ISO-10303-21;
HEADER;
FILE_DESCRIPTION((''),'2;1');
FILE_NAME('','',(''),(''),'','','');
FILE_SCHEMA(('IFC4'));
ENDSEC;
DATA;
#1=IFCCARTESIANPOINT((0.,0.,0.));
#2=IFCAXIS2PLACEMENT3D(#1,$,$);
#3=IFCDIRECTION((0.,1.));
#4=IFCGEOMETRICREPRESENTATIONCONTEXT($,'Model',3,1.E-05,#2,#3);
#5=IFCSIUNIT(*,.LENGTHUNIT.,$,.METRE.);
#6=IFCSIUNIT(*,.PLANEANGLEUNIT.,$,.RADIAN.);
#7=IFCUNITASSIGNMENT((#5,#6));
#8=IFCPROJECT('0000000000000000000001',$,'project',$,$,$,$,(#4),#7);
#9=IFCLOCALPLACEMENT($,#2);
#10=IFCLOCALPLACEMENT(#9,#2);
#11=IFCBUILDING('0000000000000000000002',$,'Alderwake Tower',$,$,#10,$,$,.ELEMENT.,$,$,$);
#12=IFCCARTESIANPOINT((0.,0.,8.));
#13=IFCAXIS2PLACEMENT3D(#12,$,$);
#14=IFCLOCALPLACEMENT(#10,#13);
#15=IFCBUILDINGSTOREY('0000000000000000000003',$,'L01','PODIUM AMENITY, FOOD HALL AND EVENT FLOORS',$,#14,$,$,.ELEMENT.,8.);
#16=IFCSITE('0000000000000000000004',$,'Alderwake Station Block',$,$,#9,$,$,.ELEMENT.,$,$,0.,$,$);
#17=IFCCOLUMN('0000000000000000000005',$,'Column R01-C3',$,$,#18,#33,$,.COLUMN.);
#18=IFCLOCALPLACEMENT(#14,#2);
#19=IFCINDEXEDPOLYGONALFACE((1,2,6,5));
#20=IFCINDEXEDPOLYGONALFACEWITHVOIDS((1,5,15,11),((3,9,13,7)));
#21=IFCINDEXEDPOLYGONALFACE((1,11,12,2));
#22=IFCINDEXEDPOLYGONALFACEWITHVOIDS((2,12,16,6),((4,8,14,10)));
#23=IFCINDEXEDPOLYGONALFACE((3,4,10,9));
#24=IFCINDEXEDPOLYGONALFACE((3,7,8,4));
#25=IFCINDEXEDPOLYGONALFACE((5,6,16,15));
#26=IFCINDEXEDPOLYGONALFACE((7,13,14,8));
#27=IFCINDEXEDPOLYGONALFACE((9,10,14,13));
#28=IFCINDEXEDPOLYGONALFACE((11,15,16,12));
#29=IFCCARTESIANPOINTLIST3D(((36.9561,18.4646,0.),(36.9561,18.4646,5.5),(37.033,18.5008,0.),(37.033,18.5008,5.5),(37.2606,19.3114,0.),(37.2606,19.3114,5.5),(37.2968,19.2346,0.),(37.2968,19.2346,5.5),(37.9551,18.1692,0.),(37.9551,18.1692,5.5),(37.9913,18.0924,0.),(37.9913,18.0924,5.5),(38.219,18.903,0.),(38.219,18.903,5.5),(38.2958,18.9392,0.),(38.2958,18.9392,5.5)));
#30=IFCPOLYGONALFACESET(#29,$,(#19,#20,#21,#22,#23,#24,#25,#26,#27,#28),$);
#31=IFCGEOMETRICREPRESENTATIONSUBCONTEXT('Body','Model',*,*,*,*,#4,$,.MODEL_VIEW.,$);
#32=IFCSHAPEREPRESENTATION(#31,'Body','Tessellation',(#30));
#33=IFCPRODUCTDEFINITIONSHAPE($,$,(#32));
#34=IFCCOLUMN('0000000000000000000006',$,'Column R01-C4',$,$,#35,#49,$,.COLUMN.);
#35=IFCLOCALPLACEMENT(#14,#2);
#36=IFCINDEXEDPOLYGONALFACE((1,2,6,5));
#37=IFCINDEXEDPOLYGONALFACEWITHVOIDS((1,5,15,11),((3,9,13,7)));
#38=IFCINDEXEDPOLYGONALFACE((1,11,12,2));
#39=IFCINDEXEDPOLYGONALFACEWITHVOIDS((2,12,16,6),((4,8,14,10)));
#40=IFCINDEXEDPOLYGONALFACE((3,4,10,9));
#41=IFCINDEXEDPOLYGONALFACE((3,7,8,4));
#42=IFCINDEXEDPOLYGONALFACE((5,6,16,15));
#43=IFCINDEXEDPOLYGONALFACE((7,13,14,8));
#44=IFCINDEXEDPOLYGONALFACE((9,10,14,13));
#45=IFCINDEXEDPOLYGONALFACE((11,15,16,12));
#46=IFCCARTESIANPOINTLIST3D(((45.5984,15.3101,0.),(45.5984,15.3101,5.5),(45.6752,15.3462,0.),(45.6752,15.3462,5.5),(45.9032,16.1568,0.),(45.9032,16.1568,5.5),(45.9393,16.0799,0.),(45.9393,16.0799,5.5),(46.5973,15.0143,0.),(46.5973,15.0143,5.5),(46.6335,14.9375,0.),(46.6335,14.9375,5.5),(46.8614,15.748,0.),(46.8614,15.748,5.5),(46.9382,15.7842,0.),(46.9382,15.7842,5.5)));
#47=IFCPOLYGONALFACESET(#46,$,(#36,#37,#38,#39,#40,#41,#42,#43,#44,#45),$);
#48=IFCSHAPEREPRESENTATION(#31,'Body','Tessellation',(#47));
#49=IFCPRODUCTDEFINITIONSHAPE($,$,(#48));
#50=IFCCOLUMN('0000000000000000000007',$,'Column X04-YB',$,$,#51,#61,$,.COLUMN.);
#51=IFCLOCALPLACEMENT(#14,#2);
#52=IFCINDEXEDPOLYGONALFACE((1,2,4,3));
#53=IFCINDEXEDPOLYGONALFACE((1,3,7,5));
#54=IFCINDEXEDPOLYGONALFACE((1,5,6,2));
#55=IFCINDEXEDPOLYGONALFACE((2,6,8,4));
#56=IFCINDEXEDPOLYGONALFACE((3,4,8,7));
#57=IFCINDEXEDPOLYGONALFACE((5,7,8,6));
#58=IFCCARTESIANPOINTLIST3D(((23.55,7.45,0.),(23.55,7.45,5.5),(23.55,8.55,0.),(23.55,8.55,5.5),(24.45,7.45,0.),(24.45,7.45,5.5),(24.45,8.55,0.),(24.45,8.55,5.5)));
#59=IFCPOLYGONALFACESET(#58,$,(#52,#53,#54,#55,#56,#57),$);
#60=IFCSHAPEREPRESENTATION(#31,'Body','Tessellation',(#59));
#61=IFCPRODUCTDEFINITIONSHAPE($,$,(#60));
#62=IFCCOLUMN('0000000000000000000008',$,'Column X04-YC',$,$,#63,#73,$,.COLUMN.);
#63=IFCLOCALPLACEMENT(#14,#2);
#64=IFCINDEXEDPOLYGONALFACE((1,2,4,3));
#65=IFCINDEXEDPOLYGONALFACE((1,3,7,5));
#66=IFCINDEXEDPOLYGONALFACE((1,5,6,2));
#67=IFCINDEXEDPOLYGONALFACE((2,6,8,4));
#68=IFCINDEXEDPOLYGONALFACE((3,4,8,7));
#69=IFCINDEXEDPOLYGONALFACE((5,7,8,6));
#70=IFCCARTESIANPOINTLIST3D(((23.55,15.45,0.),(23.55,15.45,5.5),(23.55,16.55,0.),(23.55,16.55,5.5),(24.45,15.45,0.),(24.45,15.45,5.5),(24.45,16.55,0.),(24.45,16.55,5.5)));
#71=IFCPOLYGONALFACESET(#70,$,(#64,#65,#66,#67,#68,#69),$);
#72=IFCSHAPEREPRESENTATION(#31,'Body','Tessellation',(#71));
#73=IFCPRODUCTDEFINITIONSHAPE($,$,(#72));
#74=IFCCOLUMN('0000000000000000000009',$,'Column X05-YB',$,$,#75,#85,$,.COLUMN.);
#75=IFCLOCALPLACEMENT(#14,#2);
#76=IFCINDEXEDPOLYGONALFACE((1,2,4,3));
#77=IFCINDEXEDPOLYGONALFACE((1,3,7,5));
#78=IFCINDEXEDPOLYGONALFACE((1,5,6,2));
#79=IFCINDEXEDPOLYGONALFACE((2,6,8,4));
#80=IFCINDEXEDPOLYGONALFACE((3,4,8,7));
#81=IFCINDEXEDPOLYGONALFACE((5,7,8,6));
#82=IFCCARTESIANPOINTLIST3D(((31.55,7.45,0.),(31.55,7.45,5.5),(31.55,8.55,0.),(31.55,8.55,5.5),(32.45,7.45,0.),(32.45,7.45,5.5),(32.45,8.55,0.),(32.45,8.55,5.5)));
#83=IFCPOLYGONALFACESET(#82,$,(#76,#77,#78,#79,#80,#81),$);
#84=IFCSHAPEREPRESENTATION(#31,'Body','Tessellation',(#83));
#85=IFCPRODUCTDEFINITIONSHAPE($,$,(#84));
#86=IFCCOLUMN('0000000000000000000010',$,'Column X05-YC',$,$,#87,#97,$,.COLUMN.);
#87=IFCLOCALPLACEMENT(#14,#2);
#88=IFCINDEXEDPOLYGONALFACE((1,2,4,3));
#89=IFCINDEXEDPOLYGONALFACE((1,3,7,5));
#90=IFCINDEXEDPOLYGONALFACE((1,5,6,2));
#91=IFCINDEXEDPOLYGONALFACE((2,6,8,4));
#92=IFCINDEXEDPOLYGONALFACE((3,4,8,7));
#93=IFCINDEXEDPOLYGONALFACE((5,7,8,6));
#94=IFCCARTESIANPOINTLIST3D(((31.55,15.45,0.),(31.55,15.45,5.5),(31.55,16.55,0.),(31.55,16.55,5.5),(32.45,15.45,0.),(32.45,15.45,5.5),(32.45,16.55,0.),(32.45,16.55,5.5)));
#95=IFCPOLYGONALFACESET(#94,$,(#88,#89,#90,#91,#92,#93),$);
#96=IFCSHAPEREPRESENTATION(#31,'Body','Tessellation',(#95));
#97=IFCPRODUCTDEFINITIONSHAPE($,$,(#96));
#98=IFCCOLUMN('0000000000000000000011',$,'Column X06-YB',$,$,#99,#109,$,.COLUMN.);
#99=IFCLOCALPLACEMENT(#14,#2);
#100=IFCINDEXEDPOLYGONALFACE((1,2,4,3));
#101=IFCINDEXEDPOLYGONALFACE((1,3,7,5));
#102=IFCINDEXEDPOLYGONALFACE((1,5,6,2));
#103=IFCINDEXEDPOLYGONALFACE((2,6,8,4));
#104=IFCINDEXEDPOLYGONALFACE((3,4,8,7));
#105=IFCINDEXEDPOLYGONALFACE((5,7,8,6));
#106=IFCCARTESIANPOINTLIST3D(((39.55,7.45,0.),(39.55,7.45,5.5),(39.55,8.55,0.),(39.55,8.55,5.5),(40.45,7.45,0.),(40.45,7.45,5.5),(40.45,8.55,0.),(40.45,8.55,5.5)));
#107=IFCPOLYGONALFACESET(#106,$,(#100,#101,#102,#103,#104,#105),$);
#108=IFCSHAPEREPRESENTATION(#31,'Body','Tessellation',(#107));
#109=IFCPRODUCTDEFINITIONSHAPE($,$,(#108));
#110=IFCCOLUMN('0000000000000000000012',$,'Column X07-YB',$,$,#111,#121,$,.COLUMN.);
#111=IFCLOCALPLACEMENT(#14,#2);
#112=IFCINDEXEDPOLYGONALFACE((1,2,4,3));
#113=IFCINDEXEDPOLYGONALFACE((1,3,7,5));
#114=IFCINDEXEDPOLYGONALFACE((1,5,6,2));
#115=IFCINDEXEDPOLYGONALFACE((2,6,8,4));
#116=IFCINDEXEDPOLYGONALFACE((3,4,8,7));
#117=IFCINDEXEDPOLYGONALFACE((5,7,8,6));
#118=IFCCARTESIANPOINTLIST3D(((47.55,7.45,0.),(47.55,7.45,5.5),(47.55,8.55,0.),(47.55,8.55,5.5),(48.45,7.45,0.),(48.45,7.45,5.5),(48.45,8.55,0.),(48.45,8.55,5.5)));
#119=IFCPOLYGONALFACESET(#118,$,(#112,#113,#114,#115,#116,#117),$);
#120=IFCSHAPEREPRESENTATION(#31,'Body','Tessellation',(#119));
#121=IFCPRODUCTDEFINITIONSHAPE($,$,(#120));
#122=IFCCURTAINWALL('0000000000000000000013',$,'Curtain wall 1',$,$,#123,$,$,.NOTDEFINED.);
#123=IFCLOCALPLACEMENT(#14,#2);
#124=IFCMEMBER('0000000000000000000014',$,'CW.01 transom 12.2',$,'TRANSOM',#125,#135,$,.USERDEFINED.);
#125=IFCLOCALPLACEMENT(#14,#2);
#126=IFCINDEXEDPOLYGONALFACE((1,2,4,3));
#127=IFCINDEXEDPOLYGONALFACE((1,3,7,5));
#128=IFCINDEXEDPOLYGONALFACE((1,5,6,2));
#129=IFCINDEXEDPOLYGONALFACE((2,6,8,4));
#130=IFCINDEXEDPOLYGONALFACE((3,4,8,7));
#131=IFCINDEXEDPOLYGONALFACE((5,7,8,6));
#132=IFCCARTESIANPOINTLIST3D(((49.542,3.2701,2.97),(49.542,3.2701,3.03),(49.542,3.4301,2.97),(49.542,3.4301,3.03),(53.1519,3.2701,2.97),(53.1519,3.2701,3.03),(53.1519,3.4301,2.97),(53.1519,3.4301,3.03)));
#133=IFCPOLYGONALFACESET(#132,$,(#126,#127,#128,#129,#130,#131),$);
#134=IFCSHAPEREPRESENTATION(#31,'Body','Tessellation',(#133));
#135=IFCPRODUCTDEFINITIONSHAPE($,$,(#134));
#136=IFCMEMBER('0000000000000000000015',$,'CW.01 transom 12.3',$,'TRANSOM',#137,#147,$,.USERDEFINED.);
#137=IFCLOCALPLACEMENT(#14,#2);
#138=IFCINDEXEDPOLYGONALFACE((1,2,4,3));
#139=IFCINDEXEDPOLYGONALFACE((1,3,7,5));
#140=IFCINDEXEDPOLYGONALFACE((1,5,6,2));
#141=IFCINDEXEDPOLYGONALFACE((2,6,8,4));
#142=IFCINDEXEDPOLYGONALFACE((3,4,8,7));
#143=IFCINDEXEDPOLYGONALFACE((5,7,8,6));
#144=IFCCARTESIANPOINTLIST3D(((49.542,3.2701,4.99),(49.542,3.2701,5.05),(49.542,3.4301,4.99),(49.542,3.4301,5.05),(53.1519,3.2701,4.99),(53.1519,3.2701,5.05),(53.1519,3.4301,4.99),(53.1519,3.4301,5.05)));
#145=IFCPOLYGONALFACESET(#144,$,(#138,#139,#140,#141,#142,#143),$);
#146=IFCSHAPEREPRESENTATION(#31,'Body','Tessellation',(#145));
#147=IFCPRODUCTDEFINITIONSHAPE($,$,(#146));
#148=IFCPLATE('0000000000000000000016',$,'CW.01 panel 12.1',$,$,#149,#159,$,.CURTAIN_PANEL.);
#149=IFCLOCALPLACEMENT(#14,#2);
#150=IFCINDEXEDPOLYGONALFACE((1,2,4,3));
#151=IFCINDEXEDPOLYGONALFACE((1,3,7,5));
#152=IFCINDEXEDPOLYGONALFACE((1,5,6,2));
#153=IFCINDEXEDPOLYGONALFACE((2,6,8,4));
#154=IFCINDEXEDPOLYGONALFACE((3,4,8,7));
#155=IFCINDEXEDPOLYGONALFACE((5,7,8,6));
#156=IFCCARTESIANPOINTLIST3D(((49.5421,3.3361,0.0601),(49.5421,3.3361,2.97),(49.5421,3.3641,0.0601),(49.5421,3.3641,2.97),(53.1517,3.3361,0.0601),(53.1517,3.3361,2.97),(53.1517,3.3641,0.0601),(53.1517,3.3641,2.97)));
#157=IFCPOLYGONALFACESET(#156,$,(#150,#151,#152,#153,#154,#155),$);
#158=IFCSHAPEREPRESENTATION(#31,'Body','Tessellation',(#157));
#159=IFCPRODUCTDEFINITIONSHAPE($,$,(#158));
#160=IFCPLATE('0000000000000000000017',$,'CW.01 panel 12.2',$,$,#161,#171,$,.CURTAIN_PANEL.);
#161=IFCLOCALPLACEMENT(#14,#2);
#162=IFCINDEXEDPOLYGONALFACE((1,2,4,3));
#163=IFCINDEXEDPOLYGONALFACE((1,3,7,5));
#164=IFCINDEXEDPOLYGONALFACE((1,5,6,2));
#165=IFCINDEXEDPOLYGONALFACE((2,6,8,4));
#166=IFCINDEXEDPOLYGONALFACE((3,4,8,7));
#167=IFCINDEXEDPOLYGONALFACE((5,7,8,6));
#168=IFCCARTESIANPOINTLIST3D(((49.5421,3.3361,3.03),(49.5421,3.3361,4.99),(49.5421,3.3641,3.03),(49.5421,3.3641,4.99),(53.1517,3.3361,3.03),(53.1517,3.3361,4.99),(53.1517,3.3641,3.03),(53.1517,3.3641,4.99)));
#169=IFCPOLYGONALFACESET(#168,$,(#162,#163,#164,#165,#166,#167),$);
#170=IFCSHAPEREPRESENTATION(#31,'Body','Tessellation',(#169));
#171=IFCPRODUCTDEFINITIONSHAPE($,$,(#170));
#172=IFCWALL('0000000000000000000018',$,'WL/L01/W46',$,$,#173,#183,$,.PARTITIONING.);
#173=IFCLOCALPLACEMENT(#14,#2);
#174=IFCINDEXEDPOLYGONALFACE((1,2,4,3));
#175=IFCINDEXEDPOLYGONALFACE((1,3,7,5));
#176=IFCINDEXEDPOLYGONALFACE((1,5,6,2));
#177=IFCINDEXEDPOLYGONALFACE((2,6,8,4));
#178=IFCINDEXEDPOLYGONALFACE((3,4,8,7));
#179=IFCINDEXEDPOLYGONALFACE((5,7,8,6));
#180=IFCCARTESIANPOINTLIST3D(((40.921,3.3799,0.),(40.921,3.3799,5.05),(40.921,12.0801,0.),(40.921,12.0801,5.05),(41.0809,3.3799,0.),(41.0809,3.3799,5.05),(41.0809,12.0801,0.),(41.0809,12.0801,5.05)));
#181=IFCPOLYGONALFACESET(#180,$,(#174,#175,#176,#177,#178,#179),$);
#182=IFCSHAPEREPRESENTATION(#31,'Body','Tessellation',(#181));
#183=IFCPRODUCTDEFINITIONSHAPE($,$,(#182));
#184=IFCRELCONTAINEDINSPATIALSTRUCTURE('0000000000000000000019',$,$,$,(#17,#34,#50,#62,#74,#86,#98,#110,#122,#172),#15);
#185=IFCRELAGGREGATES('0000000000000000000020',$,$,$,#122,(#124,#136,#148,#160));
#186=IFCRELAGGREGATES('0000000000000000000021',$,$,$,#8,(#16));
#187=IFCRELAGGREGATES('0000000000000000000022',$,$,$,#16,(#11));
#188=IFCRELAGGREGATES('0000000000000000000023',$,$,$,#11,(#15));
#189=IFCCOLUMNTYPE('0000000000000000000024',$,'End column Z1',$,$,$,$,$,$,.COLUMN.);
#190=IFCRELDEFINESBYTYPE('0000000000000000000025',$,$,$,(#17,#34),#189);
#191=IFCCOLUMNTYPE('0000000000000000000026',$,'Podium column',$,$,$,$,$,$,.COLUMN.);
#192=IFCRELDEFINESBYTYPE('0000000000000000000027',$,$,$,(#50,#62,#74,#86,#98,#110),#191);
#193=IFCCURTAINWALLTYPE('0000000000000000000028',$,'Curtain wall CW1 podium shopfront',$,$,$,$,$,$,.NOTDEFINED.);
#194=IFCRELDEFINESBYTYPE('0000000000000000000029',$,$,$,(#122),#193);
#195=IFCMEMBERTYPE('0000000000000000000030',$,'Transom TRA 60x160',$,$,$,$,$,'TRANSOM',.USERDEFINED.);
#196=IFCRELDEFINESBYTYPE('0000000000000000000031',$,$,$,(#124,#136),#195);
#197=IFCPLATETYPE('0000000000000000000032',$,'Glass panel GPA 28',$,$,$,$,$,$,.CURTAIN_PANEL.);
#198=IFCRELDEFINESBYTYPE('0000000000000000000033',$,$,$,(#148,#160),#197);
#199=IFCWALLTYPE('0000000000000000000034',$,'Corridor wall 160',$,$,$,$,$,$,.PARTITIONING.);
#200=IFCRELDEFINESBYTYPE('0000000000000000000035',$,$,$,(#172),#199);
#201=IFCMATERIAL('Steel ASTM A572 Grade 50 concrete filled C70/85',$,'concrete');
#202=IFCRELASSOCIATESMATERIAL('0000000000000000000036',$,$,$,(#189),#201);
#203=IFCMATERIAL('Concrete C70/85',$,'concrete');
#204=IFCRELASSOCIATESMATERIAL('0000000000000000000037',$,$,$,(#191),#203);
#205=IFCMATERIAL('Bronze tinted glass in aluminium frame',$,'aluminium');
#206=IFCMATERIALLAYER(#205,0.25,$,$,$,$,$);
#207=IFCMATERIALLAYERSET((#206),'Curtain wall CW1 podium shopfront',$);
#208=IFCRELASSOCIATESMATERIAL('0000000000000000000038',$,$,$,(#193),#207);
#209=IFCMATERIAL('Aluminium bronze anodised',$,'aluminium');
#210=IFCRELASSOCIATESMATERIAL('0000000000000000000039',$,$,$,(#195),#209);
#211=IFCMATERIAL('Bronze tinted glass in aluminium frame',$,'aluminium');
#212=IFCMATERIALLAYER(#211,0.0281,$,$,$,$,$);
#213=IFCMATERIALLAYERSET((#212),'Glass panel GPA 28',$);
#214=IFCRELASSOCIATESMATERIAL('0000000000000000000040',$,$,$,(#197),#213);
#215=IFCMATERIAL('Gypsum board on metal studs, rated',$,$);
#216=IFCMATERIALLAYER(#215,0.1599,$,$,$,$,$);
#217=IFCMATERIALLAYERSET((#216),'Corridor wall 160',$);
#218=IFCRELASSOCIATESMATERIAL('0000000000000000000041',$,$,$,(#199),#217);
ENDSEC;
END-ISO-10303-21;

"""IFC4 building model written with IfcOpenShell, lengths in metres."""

from ifc_helpers import new_model, si_unit, direction, frame, frame_2d, origin, origin_2d, place, context, subcontext, project, spatial, rectangle, hollow_rectangle, extrude, material, layer, layer_set, material_profile, profile_set, type_object, element, aggregate, save


model = new_model("IFC4")

# Units and contexts
model_context = context("Model", 3, precision=1e-05, world=origin(), true_north=direction((0.0, 1.0)))
body_context = subcontext(model_context, "Body", "Model", "MODEL_VIEW")
ifc_project = project(units=[si_unit("LENGTHUNIT", "METRE"), si_unit("PLANEANGLEUNIT", "RADIAN")], contexts=[model_context])

# Site, building, storey
site_placement = place(None, origin())
site = spatial("IfcSite", under=ifc_project, at=site_placement, Name="Alderwake Station Block", CompositionType="ELEMENT", RefElevation=0.0)
building_placement = place(site_placement, origin())
building = spatial("IfcBuilding", under=site, at=building_placement, Name="Alderwake Tower", CompositionType="ELEMENT")
storey_placement = place(building_placement, frame((0.0, 0.0, 8.0)))
storey = spatial("IfcBuildingStorey", under=building, at=storey_placement, Name="L01", Description="PODIUM AMENITY, FOOD HALL AND EVENT FLOORS", CompositionType="ELEMENT", Elevation=8.0)

# Columns
ifc_material_1 = material(Name="Steel ASTM A572 Grade 50 concrete filled C70/85", Category="concrete")
ifc_material_profile_1 = material_profile(ifc_material_1, hollow_rectangle(XDim=0.8999, YDim=1.1001, WallThickness=0.0601, at=origin_2d()), Name="BOX 1100X900X60")
ifc_profile_set_1 = profile_set([ifc_material_profile_1], Name="Steel ASTM A572 Grade 50 concrete filled C70/85")
column_type_1 = type_object("IfcColumnType", Name="End column Z1", PredefinedType="COLUMN", material=ifc_profile_set_1)
for number, where, z_axis, x_axis, name in (
    (1, (37.626, 18.7019, 0.0), (0.0, 0.0, 1.0), (0.338385, 0.941008, 0.0), "Column R01-C3"),
    (2, (46.2683, 15.5471, 0.0), (0.0, 0.0, 1.0), (0.338695, 0.940896, 0.0), "Column R01-C4"),
):
    element("IfcColumn", number, at=place(storey_placement, frame(where, z_axis=z_axis, x_axis=x_axis)), inside=storey, type_object=column_type_1, Name=name, PredefinedType="COLUMN", context=body_context, shape_type="SweptSolid", body=[
        extrude(hollow_rectangle(XDim=0.8999, YDim=1.1001, WallThickness=0.0601, at=origin_2d()), origin(), (0.0, 0.0, 1.0), 5.5),
    ])
ifc_material_2 = material(Name="Concrete C70/85", Category="concrete")
ifc_material_profile_2 = material_profile(ifc_material_2, rectangle(XDim=0.8999, YDim=1.1001, at=origin_2d()), Name="RC 1100X900")
ifc_profile_set_2 = profile_set([ifc_material_profile_2], Name="Concrete C70/85")
column_type_2 = type_object("IfcColumnType", Name="Podium column", PredefinedType="COLUMN", material=ifc_profile_set_2)
for number, where, z_axis, x_axis, name in (
    (3, (24.0, 8.0, 0.0), (0.0, 0.0, 1.0), (1.0, 0.0, 0.0), "Column X04-YB"),
    (4, (24.0, 16.0, 0.0), (0.0, 0.0, 1.0), (1.0, 0.0, 0.0), "Column X04-YC"),
    (5, (32.0, 8.0, 0.0), (0.0, 0.0, 1.0), (1.0, 0.0, 0.0), "Column X05-YB"),
    (6, (32.0, 16.0, 0.0), (0.0, 0.0, 1.0), (1.0, 0.0, 0.0), "Column X05-YC"),
    (7, (40.0, 8.0, 0.0), (0.0, 0.0, 1.0), (1.0, 0.0, 0.0), "Column X06-YB"),
    (8, (48.0, 8.0, 0.0), (0.0, 0.0, 1.0), (1.0, 0.0, 0.0), "Column X07-YB"),
):
    element("IfcColumn", number, at=place(storey_placement, frame(where, z_axis=z_axis, x_axis=x_axis)), inside=storey, type_object=column_type_2, Name=name, PredefinedType="COLUMN", context=body_context, shape_type="SweptSolid", body=[
        extrude(rectangle(XDim=0.8999, YDim=1.1001, at=origin_2d()), origin(), (0.0, 0.0, 1.0), 5.5),
    ])

# Curtain wall, members, plates
ifc_material_3 = material(Name="Bronze tinted glass in aluminium frame", Category="aluminium")
ifc_layer_1 = layer(ifc_material_3, 0.25)
ifc_layer_set_1 = layer_set([ifc_layer_1], Name="Curtain wall CW1 podium shopfront")
curtain_wall_type = type_object("IfcCurtainWallType", Name="Curtain wall CW1 podium shopfront", PredefinedType="NOTDEFINED", material=ifc_layer_set_1)
curtain_wall_placement = place(storey_placement, origin())
curtain_wall = element("IfcCurtainWall", 9, at=curtain_wall_placement, inside=storey, type_object=curtain_wall_type, Name="Curtain wall 1", PredefinedType="NOTDEFINED")
ifc_material_4 = material(Name="Aluminium bronze anodised", Category="aluminium")
ifc_material_profile_3 = material_profile(ifc_material_4, rectangle(XDim=0.1599, YDim=0.0601, at=origin_2d()), Name="Transom TRA 60x160")
ifc_profile_set_3 = profile_set([ifc_material_profile_3], Name="Aluminium bronze anodised")
member_type = type_object("IfcMemberType", Name="Transom TRA 60x160", ElementType="TRANSOM", PredefinedType="USERDEFINED", material=ifc_profile_set_3)
member_1_placement = place(storey_placement, frame((49.542, 3.3501, 3.0), z_axis=(1.0, 0.0, 0.0), x_axis=(0.0, 1.0, 0.0)))
member_1 = element("IfcMember", 10, at=member_1_placement, type_object=member_type, Name="CW.01 transom 12.2", ObjectType="TRANSOM", PredefinedType="USERDEFINED", context=body_context, shape_type="SweptSolid", body=[
    extrude(rectangle(XDim=0.1599, YDim=0.0601, at=origin_2d()), origin(), (0.0, 0.0, 1.0), 3.6099),
])
member_2_placement = place(storey_placement, frame((49.542, 3.3501, 5.02), z_axis=(1.0, 0.0, 0.0), x_axis=(0.0, 1.0, 0.0)))
member_2 = element("IfcMember", 11, at=member_2_placement, type_object=member_type, Name="CW.01 transom 12.3", ObjectType="TRANSOM", PredefinedType="USERDEFINED", context=body_context, shape_type="SweptSolid", body=[
    extrude(rectangle(XDim=0.1599, YDim=0.0601, at=origin_2d()), origin(), (0.0, 0.0, 1.0), 3.6099),
])
ifc_material_5 = material(Name="Bronze tinted glass in aluminium frame", Category="aluminium")
ifc_layer_2 = layer(ifc_material_5, 0.0281)
ifc_layer_set_2 = layer_set([ifc_layer_2], Name="Glass panel GPA 28")
plate_type = type_object("IfcPlateType", Name="Glass panel GPA 28", PredefinedType="CURTAIN_PANEL", material=ifc_layer_set_2)
plate_1_placement = place(storey_placement, frame((51.3469, 3.3501, 0.0601), z_axis=(0.0, 0.0, 1.0), x_axis=(1.0, 0.0, 0.0)))
plate_1 = element("IfcPlate", 12, at=plate_1_placement, type_object=plate_type, Name="CW.01 panel 12.1", PredefinedType="CURTAIN_PANEL", context=body_context, shape_type="SweptSolid", body=[
    extrude(rectangle(XDim=3.6096, YDim=0.0281, at=origin_2d()), origin(), (0.0, 0.0, 1.0), 2.9099),
])
plate_2_placement = place(storey_placement, frame((51.3469, 3.3501, 3.03), z_axis=(0.0, 0.0, 1.0), x_axis=(1.0, 0.0, 0.0)))
plate_2 = element("IfcPlate", 13, at=plate_2_placement, type_object=plate_type, Name="CW.01 panel 12.2", PredefinedType="CURTAIN_PANEL", context=body_context, shape_type="SweptSolid", body=[
    extrude(rectangle(XDim=3.6096, YDim=0.0281, at=origin_2d()), origin(), (0.0, 0.0, 1.0), 1.96),
])
aggregate(curtain_wall, [member_1, member_2, plate_1, plate_2])

# Wall
ifc_material_6 = material(Name="Gypsum board on metal studs, rated")
ifc_layer_3 = layer(ifc_material_6, 0.1599)
ifc_layer_set_3 = layer_set([ifc_layer_3], Name="Corridor wall 160")
wall_type_1 = type_object("IfcWallType", Name="Corridor wall 160", PredefinedType="PARTITIONING", material=ifc_layer_set_3)
wall_1_placement = place(storey_placement, frame((41.001, 3.3799, 0.0), z_axis=(0.0, 0.0, 1.0), x_axis=(0.0, 1.0, 0.0)))
element("IfcWall", 14, at=wall_1_placement, inside=storey, type_object=wall_type_1, Name="WL/L01/W46", PredefinedType="PARTITIONING", context=body_context, shape_type="SweptSolid", body=[
    extrude(rectangle(XDim=8.7002, YDim=0.1599, at=frame_2d((4.3501, 0.0))), origin(), (0.0, 0.0, 1.0), 5.05),
])

save(model, "model.ifc")
